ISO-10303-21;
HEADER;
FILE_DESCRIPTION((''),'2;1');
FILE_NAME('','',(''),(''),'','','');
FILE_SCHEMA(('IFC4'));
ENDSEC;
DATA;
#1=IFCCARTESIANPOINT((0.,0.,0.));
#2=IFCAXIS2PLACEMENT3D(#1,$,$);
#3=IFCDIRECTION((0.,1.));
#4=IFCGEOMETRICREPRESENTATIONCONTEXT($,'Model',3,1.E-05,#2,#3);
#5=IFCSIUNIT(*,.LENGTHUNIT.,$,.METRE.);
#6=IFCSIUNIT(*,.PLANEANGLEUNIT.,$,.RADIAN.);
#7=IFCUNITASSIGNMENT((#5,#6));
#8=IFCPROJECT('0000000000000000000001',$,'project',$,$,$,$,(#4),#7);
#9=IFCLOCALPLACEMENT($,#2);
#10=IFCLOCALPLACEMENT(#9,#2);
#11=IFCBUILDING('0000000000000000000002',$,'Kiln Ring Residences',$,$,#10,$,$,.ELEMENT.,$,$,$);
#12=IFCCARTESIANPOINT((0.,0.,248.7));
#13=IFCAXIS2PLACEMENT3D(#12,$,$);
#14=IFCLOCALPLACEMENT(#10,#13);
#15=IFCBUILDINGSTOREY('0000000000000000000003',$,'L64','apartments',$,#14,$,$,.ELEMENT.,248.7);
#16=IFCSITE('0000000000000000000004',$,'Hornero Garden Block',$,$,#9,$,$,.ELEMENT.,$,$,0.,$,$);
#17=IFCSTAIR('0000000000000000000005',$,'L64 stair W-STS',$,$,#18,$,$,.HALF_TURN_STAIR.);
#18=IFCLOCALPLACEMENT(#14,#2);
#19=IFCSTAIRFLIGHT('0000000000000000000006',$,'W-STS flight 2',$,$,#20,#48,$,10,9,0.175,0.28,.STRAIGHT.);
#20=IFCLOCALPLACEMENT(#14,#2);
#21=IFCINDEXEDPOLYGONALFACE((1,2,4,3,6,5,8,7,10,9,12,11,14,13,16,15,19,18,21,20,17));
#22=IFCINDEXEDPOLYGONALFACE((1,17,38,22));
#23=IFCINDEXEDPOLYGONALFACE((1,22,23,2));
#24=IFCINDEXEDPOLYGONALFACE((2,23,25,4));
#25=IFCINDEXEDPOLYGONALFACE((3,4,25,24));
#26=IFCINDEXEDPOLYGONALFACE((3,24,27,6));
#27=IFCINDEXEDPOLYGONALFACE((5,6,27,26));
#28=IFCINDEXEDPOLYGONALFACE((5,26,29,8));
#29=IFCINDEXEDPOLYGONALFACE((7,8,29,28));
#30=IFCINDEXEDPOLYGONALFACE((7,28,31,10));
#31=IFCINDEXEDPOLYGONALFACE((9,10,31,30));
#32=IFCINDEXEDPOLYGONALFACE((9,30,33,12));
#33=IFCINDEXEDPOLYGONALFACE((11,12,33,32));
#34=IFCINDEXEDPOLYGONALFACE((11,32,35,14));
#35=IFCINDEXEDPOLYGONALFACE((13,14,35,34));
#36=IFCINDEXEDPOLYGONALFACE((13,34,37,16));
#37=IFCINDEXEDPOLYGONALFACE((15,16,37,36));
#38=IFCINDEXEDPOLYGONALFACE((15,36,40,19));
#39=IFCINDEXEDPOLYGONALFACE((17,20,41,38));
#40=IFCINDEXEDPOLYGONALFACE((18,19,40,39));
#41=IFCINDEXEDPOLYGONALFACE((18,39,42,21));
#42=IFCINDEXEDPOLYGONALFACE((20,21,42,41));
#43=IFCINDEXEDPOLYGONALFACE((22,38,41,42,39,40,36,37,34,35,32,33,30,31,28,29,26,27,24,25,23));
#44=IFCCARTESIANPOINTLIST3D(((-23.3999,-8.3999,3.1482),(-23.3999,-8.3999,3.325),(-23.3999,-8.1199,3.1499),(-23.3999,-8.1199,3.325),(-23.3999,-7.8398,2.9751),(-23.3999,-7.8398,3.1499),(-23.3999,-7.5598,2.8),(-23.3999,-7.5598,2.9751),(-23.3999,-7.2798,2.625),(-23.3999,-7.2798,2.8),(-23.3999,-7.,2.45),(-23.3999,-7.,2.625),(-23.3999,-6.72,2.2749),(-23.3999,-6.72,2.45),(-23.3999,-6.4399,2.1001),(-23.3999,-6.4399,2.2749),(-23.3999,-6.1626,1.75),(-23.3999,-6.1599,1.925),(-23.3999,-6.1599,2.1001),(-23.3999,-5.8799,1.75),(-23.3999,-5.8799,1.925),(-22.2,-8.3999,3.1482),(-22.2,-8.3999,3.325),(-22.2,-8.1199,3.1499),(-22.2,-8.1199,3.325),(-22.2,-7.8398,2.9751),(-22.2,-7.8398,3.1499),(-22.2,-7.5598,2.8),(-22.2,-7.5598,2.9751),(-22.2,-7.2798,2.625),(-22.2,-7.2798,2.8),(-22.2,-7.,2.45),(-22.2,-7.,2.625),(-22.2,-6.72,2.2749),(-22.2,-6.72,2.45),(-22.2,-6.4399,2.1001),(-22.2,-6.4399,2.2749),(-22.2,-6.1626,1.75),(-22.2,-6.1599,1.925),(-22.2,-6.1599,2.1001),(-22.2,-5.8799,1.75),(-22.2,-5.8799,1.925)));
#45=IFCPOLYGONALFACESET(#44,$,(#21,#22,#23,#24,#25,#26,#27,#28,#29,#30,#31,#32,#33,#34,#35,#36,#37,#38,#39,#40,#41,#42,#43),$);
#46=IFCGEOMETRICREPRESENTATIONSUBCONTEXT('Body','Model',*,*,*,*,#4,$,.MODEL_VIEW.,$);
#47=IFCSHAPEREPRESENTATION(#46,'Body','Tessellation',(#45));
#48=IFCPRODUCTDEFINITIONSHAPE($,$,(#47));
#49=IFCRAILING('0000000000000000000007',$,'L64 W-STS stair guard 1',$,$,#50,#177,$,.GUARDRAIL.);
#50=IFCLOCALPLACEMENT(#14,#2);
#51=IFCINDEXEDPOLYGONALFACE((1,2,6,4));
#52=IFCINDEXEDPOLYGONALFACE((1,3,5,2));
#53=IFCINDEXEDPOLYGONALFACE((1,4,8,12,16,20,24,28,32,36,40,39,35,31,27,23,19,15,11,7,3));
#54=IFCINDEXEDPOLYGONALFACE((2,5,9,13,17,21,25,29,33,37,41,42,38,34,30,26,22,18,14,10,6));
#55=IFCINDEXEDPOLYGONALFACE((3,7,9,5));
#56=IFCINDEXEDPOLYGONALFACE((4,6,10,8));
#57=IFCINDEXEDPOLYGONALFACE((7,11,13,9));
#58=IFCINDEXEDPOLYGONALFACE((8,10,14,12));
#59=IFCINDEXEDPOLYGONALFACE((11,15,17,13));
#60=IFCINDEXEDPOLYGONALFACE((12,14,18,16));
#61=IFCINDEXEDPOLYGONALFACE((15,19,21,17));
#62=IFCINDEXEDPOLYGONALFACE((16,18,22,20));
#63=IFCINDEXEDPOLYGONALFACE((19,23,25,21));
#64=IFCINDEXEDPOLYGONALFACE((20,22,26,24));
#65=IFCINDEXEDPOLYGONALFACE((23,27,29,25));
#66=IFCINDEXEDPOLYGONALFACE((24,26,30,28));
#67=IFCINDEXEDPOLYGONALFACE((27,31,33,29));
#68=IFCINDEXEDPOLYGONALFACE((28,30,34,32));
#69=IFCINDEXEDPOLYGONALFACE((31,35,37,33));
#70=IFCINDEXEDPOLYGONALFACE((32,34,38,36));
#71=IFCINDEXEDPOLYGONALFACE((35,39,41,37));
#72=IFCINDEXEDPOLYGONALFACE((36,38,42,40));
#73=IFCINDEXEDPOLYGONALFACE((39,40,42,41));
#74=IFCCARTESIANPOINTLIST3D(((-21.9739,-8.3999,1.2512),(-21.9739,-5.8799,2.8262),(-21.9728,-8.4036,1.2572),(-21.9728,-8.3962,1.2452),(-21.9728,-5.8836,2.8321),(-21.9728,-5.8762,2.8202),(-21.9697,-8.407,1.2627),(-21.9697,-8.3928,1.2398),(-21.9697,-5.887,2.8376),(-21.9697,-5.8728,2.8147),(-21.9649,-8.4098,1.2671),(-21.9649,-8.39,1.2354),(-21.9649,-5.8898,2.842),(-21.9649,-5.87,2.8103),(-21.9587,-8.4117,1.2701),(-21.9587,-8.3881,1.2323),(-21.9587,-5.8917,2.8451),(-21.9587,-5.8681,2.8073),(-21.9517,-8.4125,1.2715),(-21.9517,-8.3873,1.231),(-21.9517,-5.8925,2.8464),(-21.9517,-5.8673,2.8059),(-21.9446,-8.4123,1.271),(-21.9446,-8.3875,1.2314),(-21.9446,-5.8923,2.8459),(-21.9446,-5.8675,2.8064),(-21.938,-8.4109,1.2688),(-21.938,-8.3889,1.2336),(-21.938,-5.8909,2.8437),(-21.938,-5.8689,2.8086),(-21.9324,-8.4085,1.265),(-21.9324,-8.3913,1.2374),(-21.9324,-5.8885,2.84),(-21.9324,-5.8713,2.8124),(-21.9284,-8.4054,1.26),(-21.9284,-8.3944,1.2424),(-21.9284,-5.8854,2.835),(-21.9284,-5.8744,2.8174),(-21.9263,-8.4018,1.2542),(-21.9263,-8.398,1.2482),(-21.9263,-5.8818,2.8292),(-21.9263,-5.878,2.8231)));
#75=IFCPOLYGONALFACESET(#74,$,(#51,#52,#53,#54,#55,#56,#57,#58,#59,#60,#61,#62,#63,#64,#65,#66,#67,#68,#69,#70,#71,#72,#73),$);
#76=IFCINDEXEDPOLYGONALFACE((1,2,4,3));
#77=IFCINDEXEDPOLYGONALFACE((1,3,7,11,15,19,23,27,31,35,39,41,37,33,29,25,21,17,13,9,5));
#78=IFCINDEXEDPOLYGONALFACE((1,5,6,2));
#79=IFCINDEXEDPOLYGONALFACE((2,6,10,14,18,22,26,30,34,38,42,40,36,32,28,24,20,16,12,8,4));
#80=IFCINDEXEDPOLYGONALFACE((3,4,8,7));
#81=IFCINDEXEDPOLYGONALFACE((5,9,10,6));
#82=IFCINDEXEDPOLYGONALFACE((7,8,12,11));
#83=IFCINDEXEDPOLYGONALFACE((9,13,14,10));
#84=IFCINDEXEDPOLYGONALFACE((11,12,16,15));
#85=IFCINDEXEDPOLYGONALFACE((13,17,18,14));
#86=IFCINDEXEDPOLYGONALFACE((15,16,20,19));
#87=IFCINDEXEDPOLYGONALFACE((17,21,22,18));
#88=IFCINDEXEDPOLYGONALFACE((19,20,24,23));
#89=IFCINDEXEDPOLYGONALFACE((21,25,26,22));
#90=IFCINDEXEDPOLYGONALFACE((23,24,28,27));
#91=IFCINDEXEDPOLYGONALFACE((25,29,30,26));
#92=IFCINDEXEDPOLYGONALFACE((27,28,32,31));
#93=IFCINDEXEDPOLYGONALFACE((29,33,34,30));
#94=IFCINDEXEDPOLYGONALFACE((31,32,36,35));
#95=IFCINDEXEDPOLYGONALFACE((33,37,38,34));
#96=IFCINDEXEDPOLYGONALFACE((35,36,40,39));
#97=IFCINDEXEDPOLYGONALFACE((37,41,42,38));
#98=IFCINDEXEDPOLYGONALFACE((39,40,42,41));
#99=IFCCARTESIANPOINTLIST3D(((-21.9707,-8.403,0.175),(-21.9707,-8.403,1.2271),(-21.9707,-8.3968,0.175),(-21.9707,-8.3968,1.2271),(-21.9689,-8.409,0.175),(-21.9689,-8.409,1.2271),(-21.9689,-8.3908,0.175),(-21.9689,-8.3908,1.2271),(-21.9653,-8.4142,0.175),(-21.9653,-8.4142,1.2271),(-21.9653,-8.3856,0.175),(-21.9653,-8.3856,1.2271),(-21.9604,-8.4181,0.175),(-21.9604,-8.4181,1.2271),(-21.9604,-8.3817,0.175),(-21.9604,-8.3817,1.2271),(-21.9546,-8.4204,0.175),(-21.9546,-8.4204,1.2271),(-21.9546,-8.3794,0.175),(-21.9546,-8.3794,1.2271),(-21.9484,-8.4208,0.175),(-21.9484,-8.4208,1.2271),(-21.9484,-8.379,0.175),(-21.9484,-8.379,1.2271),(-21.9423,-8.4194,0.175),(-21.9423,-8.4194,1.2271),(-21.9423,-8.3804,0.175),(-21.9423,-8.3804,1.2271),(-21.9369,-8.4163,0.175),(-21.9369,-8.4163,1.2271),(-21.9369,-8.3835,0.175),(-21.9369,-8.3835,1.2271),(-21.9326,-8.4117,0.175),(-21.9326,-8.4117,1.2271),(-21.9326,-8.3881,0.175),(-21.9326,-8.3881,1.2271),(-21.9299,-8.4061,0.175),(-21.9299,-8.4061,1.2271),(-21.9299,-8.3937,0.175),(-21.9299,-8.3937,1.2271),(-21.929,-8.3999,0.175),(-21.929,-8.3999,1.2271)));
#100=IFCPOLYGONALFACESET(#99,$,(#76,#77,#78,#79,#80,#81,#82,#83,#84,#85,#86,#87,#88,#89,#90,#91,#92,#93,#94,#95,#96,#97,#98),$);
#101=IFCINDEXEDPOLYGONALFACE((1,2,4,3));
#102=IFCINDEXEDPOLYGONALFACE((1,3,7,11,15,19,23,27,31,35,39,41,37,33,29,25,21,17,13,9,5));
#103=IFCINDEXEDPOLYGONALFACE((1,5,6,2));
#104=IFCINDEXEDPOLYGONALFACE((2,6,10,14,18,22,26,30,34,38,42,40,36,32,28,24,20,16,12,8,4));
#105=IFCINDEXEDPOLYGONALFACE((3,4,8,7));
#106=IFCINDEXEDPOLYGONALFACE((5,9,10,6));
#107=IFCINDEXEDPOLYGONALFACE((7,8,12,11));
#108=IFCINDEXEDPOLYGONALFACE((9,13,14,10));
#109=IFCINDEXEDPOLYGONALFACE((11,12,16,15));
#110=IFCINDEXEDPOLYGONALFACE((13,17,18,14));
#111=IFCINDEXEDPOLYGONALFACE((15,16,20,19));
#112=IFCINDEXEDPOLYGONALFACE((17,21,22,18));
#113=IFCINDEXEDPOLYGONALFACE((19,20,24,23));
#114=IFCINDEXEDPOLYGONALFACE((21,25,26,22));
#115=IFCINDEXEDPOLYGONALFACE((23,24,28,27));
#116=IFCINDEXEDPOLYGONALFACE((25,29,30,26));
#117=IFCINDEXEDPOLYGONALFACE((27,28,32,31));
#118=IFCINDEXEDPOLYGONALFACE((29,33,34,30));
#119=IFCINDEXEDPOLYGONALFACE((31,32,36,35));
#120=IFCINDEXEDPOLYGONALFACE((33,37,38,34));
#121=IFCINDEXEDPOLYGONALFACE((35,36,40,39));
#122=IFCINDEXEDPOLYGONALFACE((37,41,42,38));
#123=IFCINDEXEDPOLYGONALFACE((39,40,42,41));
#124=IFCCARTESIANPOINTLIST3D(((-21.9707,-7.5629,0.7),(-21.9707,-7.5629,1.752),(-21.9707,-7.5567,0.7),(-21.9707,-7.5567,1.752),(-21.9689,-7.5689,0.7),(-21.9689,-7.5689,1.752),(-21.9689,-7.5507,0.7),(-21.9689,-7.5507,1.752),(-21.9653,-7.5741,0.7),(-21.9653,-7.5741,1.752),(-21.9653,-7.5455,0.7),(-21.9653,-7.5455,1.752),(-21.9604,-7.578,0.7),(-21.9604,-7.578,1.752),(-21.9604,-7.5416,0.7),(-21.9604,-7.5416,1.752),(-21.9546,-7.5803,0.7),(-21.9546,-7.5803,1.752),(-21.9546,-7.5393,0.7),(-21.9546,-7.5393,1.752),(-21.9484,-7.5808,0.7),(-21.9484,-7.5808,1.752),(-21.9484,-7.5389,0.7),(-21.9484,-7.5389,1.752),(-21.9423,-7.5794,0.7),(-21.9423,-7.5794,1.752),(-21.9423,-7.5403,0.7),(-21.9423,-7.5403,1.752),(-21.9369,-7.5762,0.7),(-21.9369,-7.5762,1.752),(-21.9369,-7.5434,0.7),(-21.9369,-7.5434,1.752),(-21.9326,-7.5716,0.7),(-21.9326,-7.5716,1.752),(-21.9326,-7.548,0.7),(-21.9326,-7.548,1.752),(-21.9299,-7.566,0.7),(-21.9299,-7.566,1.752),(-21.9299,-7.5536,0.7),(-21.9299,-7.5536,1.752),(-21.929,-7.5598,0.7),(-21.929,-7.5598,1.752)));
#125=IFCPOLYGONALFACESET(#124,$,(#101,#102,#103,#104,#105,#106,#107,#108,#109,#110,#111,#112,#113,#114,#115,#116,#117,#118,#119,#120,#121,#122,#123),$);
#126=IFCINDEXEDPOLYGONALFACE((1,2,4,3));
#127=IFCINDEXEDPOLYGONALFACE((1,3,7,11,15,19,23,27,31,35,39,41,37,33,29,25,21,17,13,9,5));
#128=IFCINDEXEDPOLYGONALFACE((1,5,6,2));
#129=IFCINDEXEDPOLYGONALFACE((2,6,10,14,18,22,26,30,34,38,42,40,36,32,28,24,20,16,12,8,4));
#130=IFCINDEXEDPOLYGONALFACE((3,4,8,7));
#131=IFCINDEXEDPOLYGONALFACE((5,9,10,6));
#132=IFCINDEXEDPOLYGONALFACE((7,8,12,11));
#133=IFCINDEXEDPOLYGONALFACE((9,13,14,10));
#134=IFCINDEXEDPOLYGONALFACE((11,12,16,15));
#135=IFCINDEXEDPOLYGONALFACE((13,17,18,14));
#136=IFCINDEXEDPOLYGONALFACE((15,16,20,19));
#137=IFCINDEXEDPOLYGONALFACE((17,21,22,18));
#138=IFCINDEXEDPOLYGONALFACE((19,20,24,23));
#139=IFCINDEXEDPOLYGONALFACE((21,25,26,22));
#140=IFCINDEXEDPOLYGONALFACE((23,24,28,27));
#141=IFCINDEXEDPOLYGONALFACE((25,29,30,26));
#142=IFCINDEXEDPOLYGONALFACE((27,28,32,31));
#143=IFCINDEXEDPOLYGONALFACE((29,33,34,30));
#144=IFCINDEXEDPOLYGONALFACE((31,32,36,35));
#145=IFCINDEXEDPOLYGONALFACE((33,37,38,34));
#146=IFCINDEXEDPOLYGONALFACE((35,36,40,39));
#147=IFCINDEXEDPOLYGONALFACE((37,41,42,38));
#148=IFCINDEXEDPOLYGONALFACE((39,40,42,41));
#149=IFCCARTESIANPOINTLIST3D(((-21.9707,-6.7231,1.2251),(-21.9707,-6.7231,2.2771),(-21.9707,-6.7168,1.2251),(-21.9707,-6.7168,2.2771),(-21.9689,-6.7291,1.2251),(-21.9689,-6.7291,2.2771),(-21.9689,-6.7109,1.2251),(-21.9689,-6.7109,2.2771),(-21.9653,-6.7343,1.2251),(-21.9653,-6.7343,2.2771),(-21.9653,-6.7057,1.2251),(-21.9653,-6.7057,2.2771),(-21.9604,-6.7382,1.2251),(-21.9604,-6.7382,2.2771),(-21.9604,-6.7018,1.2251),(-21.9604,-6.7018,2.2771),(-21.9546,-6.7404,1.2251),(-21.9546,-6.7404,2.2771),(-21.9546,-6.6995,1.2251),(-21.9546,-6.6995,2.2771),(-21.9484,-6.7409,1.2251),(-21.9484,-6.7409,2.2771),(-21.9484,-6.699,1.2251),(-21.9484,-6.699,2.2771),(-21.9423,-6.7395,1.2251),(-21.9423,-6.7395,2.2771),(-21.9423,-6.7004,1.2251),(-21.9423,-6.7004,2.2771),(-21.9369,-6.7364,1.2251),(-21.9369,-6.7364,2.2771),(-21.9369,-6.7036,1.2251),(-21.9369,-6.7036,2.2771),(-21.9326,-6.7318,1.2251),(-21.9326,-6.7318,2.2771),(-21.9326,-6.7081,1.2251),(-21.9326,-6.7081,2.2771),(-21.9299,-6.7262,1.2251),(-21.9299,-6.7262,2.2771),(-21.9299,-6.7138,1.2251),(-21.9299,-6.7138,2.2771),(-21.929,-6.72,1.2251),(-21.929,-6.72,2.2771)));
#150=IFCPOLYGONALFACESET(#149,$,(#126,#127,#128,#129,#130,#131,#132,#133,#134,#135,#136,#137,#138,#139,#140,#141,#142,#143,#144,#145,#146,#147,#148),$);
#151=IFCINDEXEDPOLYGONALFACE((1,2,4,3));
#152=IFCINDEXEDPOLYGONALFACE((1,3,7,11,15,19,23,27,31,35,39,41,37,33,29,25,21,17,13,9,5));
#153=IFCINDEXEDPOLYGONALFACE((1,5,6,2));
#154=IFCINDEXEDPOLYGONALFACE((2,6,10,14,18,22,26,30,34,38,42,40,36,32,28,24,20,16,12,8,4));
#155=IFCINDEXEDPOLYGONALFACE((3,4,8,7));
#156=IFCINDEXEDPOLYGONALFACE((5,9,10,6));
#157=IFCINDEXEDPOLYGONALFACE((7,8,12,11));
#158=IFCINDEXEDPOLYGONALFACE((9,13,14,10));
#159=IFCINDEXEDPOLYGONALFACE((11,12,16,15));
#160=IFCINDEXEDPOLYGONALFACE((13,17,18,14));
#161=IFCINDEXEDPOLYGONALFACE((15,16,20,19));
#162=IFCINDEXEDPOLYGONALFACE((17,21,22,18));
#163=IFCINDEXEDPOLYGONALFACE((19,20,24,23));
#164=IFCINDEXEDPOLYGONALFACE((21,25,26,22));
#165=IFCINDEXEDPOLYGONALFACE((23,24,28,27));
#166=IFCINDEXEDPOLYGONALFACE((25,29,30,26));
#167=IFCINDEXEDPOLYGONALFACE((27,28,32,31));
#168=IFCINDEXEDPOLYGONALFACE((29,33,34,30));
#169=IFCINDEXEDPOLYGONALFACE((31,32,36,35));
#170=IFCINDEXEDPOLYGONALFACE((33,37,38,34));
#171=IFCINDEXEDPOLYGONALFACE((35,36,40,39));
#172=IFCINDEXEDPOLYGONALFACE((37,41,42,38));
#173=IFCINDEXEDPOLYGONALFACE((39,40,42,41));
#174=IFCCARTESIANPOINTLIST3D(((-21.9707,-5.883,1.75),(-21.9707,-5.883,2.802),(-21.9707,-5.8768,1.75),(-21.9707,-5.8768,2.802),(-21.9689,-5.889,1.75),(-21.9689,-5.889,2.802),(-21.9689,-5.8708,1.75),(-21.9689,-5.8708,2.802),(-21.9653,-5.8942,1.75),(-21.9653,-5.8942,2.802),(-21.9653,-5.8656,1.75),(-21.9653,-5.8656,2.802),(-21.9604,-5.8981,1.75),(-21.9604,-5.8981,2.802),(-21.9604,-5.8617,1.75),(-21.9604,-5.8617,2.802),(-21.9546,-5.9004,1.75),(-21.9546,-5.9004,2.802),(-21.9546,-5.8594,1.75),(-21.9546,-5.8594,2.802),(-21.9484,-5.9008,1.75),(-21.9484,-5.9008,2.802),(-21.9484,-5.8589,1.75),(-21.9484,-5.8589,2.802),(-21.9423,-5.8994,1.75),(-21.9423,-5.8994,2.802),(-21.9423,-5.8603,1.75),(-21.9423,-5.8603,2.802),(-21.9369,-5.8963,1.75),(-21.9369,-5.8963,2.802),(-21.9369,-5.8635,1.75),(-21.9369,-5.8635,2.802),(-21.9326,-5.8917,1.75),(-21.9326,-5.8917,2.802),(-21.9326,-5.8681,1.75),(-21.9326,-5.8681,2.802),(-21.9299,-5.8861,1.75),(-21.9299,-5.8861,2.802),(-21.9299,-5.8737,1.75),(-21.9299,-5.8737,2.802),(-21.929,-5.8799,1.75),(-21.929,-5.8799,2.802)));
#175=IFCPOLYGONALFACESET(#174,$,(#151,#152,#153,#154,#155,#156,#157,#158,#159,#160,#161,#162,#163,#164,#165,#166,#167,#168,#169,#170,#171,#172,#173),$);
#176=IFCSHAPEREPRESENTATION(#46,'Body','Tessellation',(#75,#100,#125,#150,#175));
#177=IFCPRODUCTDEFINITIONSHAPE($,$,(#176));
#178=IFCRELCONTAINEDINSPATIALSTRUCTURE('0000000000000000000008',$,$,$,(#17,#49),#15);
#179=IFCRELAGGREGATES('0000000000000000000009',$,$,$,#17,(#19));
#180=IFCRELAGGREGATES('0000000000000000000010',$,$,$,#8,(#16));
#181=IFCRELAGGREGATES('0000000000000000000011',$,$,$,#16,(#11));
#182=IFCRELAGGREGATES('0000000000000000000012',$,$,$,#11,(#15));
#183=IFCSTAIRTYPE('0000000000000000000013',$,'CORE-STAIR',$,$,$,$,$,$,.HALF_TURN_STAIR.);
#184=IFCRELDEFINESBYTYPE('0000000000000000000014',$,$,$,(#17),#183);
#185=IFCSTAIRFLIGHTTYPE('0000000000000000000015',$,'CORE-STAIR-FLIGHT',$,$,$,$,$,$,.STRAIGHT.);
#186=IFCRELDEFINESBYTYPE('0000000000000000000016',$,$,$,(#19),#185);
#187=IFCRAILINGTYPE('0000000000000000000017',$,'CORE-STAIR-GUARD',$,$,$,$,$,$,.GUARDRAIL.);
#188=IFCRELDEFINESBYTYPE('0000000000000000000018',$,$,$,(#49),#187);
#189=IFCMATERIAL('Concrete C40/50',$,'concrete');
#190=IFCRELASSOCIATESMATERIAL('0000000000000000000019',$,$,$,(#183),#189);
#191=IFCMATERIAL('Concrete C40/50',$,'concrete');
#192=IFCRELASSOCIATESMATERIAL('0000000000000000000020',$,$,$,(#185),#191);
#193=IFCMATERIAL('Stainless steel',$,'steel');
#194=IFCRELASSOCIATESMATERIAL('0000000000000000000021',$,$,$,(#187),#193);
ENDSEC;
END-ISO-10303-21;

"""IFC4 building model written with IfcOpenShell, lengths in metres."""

from ifc_helpers import new_model, si_unit, direction, frame, origin, origin_2d, place, context, subcontext, project, spatial, polyline, circle, outline, extrude, material, type_object, element, aggregate, save


model = new_model("IFC4")

# Units and contexts
model_context = context("Model", 3, precision=1e-05, world=origin(), true_north=direction((0.0, 1.0)))
body_context = subcontext(model_context, "Body", "Model", "MODEL_VIEW")
ifc_project = project(units=[si_unit("LENGTHUNIT", "METRE"), si_unit("PLANEANGLEUNIT", "RADIAN")], contexts=[model_context])

# Site, building, storey
site_placement = place(None, origin())
site = spatial("IfcSite", under=ifc_project, at=site_placement, Name="Hornero Garden Block", CompositionType="ELEMENT", RefElevation=0.0)
building_placement = place(site_placement, origin())
building = spatial("IfcBuilding", under=site, at=building_placement, Name="Kiln Ring Residences", CompositionType="ELEMENT")
storey_placement = place(building_placement, frame((0.0, 0.0, 248.7)))
storey = spatial("IfcBuildingStorey", under=building, at=storey_placement, Name="L64", Description="apartments", CompositionType="ELEMENT", Elevation=248.7)

# Stair, stair flight
ifc_material_1 = material(Name="Concrete C40/50", Category="concrete")
stair_type = type_object("IfcStairType", Name="CORE-STAIR", PredefinedType="HALF_TURN_STAIR", material=ifc_material_1)
stair_placement = place(storey_placement, origin())
stair = element("IfcStair", 1, at=stair_placement, inside=storey, type_object=stair_type, Name="L64 stair W-STS", PredefinedType="HALF_TURN_STAIR")
ifc_material_2 = material(Name="Concrete C40/50", Category="concrete")
stair_flight_type = type_object("IfcStairFlightType", Name="CORE-STAIR-FLIGHT", PredefinedType="STRAIGHT", material=ifc_material_2)
stair_flight_1_placement = place(storey_placement, frame((-22.8, -5.8799, 1.75), z_axis=(0.0, 0.0, 1.0), x_axis=(0.0, -1.0, 0.0)))
stair_flight_1 = element("IfcStairFlight", 2, at=stair_flight_1_placement, type_object=stair_flight_type, Name="W-STS flight 2", NumberOfRisers=10, NumberOfTreads=9, PredefinedType="STRAIGHT", RiserHeight=0.175, TreadLength=0.28, context=body_context, shape_type="SweptSolid", body=[
    extrude(outline(polyline([(0.0, 0.0), (0.0, 0.175), (0.28, 0.175), (0.28, 0.3501), (0.5601, 0.3501), (0.5601, 0.5249), (0.8401, 0.5249), (0.8401, 0.7), (1.1201, 0.7), (1.1201, 0.875), (1.3999, 0.875), (1.3999, 1.05), (1.6799, 1.05), (1.6799, 1.2251), (1.96, 1.2251), (1.96, 1.3999), (2.24, 1.3999), (2.24, 1.575), (2.52, 1.575), (2.52, 1.75), (2.52, 1.3982), (0.2827, 0.0), (0.0, 0.0)])), frame((0.0, 0.6001, 0.0), z_axis=(0.0, -1.0, 0.0), x_axis=(1.0, 0.0, 0.0)), (0.0, 0.0, 1.0), 1.2),
])
aggregate(stair, [stair_flight_1])

# Railing
ifc_material_3 = material(Name="Stainless steel", Category="steel")
railing_type_1 = type_object("IfcRailingType", Name="CORE-STAIR-GUARD", PredefinedType="GUARDRAIL", material=ifc_material_3)
railing_1_placement = place(storey_placement, frame((-21.95, -8.3999, 0.175)))
element("IfcRailing", 3, at=railing_1_placement, inside=storey, type_object=railing_type_1, Name="L64 W-STS stair guard 1", PredefinedType="GUARDRAIL", context=body_context, shape_type="SweptSolid", body=[
    extrude(circle(Radius=0.0239, at=origin_2d()), frame((0.0, 0.0, 1.0762), z_axis=(0.0, 0.848008, 0.529984), x_axis=(-1.0, 0.0, 0.0)), (0.0, 0.0, 1.0), 2.9717),
    extrude(circle(Radius=0.021, at=origin_2d()), origin(), (0.0, 0.0, 1.0), 1.052),
    extrude(circle(Radius=0.021, at=origin_2d()), frame((0.0, 0.8401, 0.5249)), (0.0, 0.0, 1.0), 1.052),
    extrude(circle(Radius=0.021, at=origin_2d()), frame((0.0, 1.6799, 1.05)), (0.0, 0.0, 1.0), 1.052),
    extrude(circle(Radius=0.021, at=origin_2d()), frame((0.0, 2.52, 1.575)), (0.0, 0.0, 1.0), 1.052),
])

save(model, "model.ifc")
